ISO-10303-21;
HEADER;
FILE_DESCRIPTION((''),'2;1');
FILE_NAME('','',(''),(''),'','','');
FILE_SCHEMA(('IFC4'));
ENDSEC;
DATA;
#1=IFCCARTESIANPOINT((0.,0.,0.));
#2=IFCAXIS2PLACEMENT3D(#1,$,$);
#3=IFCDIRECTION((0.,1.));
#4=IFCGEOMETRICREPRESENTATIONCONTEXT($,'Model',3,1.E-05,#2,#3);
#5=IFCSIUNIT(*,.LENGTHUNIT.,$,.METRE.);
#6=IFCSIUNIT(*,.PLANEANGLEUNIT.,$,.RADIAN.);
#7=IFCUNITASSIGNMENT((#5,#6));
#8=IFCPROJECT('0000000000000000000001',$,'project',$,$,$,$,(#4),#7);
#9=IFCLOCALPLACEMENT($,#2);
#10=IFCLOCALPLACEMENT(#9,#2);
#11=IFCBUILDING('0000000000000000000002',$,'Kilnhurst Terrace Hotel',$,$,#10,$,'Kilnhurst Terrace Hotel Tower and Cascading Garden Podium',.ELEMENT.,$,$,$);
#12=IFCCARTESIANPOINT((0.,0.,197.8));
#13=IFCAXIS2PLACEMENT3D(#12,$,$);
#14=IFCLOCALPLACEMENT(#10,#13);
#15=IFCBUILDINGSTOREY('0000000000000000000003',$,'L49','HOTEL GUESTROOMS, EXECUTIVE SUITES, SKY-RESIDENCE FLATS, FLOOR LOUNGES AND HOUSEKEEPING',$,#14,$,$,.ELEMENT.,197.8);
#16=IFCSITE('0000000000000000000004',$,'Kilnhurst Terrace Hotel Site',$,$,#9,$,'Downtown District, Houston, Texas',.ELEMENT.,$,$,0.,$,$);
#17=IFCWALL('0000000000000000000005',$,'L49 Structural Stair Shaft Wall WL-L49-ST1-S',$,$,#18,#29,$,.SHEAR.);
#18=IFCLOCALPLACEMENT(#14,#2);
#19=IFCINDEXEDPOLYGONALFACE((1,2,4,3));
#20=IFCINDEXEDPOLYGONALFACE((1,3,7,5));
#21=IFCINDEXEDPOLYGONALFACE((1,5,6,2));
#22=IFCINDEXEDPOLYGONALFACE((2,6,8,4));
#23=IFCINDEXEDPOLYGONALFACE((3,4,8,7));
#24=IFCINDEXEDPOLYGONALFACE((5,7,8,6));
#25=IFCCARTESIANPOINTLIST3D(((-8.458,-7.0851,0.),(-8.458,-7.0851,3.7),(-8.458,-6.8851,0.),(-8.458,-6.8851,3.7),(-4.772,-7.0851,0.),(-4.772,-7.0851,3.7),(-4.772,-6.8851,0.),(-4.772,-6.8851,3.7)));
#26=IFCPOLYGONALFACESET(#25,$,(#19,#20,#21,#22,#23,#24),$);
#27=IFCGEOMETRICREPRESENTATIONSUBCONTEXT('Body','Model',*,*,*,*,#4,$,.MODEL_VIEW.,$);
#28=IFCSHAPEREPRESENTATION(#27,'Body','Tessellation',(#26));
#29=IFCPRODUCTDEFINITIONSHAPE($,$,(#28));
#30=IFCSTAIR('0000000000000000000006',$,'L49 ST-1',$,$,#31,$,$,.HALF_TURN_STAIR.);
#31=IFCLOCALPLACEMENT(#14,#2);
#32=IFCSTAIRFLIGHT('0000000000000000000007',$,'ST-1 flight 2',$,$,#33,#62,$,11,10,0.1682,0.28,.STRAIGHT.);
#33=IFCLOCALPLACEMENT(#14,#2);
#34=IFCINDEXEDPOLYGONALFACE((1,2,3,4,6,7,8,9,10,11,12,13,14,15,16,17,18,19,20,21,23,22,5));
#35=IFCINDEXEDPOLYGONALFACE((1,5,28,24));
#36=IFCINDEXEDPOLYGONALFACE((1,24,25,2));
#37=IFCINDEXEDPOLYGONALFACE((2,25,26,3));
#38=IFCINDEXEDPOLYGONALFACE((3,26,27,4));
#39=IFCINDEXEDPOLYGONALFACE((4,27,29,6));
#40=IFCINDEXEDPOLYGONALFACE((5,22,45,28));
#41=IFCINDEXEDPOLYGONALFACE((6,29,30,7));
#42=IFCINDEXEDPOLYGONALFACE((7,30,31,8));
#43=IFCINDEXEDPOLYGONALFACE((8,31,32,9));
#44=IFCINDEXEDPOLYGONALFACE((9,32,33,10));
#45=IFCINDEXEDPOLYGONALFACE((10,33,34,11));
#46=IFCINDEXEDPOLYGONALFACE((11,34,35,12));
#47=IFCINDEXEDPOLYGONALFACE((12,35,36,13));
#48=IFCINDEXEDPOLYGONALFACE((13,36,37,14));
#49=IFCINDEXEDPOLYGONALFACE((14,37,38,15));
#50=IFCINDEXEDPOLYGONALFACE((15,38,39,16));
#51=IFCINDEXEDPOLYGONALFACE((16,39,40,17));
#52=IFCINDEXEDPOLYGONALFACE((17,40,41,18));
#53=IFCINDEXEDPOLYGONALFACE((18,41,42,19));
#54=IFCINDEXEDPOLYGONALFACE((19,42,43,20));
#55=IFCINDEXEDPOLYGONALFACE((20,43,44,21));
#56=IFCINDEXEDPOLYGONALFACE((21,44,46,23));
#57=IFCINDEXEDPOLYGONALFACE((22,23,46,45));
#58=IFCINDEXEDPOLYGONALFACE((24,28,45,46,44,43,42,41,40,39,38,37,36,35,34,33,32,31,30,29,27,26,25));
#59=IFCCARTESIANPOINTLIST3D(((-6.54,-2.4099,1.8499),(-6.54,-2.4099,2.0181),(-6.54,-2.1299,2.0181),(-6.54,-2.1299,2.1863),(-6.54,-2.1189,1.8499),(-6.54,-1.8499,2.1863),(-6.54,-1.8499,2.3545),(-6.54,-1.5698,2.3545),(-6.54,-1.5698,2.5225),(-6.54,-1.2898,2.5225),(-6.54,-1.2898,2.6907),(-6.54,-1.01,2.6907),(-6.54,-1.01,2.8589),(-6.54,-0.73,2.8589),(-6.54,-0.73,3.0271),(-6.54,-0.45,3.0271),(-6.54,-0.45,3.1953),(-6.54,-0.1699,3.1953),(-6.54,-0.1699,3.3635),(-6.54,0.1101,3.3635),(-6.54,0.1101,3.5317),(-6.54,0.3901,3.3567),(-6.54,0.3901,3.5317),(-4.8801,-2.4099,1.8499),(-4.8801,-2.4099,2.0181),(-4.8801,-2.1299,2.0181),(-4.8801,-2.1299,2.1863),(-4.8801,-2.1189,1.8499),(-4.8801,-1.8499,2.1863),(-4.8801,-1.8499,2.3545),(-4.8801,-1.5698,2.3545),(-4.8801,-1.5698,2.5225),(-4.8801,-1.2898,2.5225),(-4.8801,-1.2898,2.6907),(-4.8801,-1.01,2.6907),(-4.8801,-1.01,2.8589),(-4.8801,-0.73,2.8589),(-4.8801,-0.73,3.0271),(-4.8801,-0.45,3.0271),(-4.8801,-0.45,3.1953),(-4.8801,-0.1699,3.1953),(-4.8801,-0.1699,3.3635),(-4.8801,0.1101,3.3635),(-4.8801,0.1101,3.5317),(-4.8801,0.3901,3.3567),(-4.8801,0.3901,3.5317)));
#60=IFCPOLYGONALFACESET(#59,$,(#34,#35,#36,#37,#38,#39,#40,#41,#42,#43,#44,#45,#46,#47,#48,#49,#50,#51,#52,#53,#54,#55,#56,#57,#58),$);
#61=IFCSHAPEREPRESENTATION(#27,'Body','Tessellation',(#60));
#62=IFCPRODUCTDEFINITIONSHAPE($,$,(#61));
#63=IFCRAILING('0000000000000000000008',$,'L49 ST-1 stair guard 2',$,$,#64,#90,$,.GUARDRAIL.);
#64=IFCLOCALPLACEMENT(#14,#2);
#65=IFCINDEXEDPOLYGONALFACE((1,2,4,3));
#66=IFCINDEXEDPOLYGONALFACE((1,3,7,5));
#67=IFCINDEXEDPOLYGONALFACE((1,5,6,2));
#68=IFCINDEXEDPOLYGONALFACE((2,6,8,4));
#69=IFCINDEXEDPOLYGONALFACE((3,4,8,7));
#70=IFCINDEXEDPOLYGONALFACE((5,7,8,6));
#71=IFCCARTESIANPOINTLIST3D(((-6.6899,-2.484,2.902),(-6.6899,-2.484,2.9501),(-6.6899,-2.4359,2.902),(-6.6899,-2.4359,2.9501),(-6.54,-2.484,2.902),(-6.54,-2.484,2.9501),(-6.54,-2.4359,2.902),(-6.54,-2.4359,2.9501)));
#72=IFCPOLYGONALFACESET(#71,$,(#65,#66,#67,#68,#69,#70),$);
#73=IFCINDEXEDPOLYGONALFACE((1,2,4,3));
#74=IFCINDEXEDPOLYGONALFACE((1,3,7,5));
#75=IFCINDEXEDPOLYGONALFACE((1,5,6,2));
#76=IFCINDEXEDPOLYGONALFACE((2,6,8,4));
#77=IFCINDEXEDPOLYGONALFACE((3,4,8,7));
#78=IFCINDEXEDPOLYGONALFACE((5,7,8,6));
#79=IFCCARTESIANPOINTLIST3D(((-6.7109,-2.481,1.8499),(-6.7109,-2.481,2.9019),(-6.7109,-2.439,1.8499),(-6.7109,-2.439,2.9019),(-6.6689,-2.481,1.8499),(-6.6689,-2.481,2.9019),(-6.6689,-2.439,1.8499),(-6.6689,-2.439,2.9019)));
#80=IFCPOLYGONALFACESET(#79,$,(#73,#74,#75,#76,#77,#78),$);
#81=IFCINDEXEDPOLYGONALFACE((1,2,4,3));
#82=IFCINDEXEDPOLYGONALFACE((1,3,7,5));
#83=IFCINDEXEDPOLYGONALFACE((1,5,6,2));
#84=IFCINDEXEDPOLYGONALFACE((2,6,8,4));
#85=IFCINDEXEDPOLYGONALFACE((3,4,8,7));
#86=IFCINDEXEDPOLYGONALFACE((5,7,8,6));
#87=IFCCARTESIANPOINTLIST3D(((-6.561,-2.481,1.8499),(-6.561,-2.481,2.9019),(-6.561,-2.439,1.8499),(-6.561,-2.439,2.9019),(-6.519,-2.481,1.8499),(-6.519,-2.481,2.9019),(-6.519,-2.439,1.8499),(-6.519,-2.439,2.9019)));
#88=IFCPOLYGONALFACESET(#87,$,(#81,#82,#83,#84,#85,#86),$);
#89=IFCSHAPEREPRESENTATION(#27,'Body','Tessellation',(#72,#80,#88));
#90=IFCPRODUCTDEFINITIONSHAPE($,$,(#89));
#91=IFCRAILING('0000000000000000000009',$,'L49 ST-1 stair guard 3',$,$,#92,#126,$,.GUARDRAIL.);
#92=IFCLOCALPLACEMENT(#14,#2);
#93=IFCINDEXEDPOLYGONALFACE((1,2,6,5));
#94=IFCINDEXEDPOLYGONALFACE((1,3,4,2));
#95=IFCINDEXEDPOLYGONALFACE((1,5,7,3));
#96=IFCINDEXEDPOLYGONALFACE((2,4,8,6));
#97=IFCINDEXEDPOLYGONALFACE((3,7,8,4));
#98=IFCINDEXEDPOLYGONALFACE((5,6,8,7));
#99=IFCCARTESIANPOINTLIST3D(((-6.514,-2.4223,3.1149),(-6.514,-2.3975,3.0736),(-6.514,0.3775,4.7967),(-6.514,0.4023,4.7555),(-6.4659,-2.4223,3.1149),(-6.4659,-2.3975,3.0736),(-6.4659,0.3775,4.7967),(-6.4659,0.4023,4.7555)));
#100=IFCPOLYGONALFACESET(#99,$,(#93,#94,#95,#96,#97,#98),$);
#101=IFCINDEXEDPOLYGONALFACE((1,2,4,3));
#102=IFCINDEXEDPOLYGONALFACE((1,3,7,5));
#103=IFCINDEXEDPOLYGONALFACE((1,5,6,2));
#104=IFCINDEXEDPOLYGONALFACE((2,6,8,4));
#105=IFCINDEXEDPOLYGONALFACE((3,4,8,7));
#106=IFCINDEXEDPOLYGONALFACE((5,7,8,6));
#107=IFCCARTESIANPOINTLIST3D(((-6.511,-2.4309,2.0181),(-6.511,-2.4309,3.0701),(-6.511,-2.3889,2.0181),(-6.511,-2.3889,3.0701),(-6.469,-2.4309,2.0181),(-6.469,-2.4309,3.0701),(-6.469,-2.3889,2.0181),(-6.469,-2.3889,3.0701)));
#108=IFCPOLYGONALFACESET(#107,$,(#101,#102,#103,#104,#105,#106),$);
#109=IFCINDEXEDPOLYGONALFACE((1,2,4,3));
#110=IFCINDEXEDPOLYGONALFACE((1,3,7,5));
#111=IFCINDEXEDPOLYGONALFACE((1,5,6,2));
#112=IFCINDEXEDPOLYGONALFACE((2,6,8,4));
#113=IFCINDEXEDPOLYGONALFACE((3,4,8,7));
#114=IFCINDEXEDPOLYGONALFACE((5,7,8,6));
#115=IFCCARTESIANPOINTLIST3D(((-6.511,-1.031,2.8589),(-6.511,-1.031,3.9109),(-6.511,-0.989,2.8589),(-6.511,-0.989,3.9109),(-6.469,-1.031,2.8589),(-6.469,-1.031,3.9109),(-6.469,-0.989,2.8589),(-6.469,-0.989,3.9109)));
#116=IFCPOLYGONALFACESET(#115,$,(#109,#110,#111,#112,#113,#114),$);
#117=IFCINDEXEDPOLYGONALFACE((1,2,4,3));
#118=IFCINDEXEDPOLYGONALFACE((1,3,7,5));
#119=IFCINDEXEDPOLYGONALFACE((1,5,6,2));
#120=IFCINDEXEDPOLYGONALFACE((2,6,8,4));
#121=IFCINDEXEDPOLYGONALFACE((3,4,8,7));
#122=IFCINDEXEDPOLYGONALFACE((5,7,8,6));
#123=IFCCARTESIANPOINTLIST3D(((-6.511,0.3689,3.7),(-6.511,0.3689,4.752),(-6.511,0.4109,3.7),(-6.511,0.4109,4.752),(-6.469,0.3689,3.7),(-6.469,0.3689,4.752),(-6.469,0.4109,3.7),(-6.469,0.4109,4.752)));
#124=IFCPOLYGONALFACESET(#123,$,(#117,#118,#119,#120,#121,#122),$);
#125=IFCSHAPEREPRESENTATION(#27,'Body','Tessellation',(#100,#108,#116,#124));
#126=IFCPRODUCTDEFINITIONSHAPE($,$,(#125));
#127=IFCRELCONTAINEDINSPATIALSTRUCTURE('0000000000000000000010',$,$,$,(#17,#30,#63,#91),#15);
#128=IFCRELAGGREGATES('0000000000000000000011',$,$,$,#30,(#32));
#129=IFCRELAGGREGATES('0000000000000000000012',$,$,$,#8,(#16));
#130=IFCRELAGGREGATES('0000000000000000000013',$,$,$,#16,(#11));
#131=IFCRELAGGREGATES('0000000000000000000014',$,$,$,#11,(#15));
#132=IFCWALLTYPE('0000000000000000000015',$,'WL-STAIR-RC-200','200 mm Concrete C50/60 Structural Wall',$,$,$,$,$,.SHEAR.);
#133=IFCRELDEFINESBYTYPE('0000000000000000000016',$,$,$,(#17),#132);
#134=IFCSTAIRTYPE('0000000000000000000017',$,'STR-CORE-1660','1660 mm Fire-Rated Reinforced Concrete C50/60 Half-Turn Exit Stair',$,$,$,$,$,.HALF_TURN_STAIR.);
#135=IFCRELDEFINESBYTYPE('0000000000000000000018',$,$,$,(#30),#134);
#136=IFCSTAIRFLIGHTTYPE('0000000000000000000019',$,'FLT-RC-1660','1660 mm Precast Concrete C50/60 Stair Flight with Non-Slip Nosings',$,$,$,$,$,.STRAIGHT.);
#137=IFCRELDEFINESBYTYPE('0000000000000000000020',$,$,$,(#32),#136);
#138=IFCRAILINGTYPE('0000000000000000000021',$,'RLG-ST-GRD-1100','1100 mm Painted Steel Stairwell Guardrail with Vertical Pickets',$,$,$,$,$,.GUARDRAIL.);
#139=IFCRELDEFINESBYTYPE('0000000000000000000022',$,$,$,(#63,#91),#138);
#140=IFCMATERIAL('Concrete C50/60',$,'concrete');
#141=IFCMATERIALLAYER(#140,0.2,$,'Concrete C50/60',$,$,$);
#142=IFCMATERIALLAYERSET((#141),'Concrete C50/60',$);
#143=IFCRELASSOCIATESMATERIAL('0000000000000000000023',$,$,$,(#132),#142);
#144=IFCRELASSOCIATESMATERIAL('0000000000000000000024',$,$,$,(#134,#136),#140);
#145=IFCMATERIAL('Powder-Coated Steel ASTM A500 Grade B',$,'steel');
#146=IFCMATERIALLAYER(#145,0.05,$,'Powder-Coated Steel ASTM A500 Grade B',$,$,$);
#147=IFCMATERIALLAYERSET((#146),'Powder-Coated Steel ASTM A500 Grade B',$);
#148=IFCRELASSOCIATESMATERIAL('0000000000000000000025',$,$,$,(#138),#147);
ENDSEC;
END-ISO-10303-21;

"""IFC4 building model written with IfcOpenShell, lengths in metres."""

from ifc_helpers import new_model, si_unit, direction, frame, frame_2d, origin, origin_2d, place, context, subcontext, project, spatial, polyline, rectangle, outline, extrude, material, layer, layer_set, type_object, element, aggregate, save


model = new_model("IFC4")

# Units and contexts
model_context = context("Model", 3, precision=1e-05, world=origin(), true_north=direction((0.0, 1.0)))
body_context = subcontext(model_context, "Body", "Model", "MODEL_VIEW")
ifc_project = project(units=[si_unit("LENGTHUNIT", "METRE"), si_unit("PLANEANGLEUNIT", "RADIAN")], contexts=[model_context])

# Site, building, storey
site_placement = place(None, origin())
site = spatial("IfcSite", under=ifc_project, at=site_placement, Name="Kilnhurst Terrace Hotel Site", LongName="Downtown District, Houston, Texas", CompositionType="ELEMENT", RefElevation=0.0)
building_placement = place(site_placement, origin())
building = spatial("IfcBuilding", under=site, at=building_placement, Name="Kilnhurst Terrace Hotel", LongName="Kilnhurst Terrace Hotel Tower and Cascading Garden Podium", CompositionType="ELEMENT")
storey_placement = place(building_placement, frame((0.0, 0.0, 197.8)))
storey = spatial("IfcBuildingStorey", under=building, at=storey_placement, Name="L49", Description="HOTEL GUESTROOMS, EXECUTIVE SUITES, SKY-RESIDENCE FLATS, FLOOR LOUNGES AND HOUSEKEEPING", CompositionType="ELEMENT", Elevation=197.8)

# Shared definitions
ifc_material_1 = material(Name="Concrete C50/60", Category="concrete")

# Wall
ifc_layer_1 = layer(ifc_material_1, 0.2, Name="Concrete C50/60")
ifc_layer_set_1 = layer_set([ifc_layer_1], Name="Concrete C50/60")
wall_type_1 = type_object("IfcWallType", Name="WL-STAIR-RC-200", Description="200 mm Concrete C50/60 Structural Wall", PredefinedType="SHEAR", material=ifc_layer_set_1)
wall_1_placement = place(storey_placement, frame((-8.458, -6.9851, 0.0), z_axis=(0.0, 0.0, 1.0), x_axis=(1.0, 0.0, 0.0)))
element("IfcWall", 1, at=wall_1_placement, inside=storey, type_object=wall_type_1, Name="L49 Structural Stair Shaft Wall WL-L49-ST1-S", PredefinedType="SHEAR", context=body_context, shape_type="SweptSolid", body=[
    extrude(rectangle(XDim=3.686, YDim=0.2, at=frame_2d((1.843, 0.0))), origin(), (0.0, 0.0, 1.0), 3.7),
])

# Stair, stair flight
stair_type = type_object("IfcStairType", Name="STR-CORE-1660", Description="1660 mm Fire-Rated Reinforced Concrete C50/60 Half-Turn Exit Stair", PredefinedType="HALF_TURN_STAIR", material=ifc_material_1)
stair_placement = place(storey_placement, origin())
stair = element("IfcStair", 2, at=stair_placement, inside=storey, type_object=stair_type, Name="L49 ST-1", PredefinedType="HALF_TURN_STAIR")
stair_flight_type = type_object("IfcStairFlightType", Name="FLT-RC-1660", Description="1660 mm Precast Concrete C50/60 Stair Flight with Non-Slip Nosings", PredefinedType="STRAIGHT", material=ifc_material_1)
stair_flight_placement = place(storey_placement, frame((-5.71, -2.4099, 1.8499), z_axis=(0.0, 0.0, 1.0), x_axis=(0.0, 1.0, 0.0)))
stair_flight = element("IfcStairFlight", 3, at=stair_flight_placement, type_object=stair_flight_type, Name="ST-1 flight 2", NumberOfRisers=11, NumberOfTreads=10, PredefinedType="STRAIGHT", RiserHeight=0.1682, TreadLength=0.28, context=body_context, shape_type="SweptSolid", body=[
    extrude(outline(polyline([(0.0, 0.0), (0.0, 0.1682), (0.28, 0.1682), (0.28, 0.3364), (0.5601, 0.3364), (0.5601, 0.5046), (0.8401, 0.5046), (0.8401, 0.6726), (1.1201, 0.6726), (1.1201, 0.8408), (1.3999, 0.8408), (1.3999, 1.009), (1.6799, 1.009), (1.6799, 1.1772), (1.96, 1.1772), (1.96, 1.3455), (2.24, 1.3455), (2.24, 1.5137), (2.52, 1.5137), (2.52, 1.6819), (2.8, 1.6819), (2.8, 1.8501), (2.8, 1.5068), (0.291, 0.0), (0.0, 0.0)])), frame((0.0, 0.8301, 0.0), z_axis=(0.0, -1.0, 0.0), x_axis=(1.0, 0.0, 0.0)), (0.0, 0.0, 1.0), 1.6599),
])
aggregate(stair, [stair_flight])

# Railings
ifc_material_2 = material(Name="Powder-Coated Steel ASTM A500 Grade B", Category="steel")
ifc_layer_2 = layer(ifc_material_2, 0.05, Name="Powder-Coated Steel ASTM A500 Grade B")
ifc_layer_set_2 = layer_set([ifc_layer_2], Name="Powder-Coated Steel ASTM A500 Grade B")
railing_type = type_object("IfcRailingType", Name="RLG-ST-GRD-1100", Description="1100 mm Painted Steel Stairwell Guardrail with Vertical Pickets", PredefinedType="GUARDRAIL", material=ifc_layer_set_2)
railing_1_placement = place(storey_placement, frame((-6.6899, -2.46, 1.8499)))
element("IfcRailing", 4, at=railing_1_placement, inside=storey, type_object=railing_type, Name="L49 ST-1 stair guard 2", PredefinedType="GUARDRAIL", context=body_context, shape_type="SweptSolid", body=[
    extrude(rectangle(XDim=0.0481, YDim=0.0481, at=origin_2d()), frame((0.0, 0.0, 1.0762), z_axis=(1.0, 0.0, 0.0), x_axis=(0.0, 1.0, 0.0)), (0.0, 0.0, 1.0), 0.1499),
    extrude(rectangle(XDim=0.042, YDim=0.042, at=origin_2d()), origin(), (0.0, 0.0, 1.0), 1.052),
    extrude(rectangle(XDim=0.042, YDim=0.042, at=origin_2d()), frame((0.1499, 0.0, 0.0)), (0.0, 0.0, 1.0), 1.052),
])
railing_2_placement = place(storey_placement, frame((-6.49, -2.4099, 2.0181)))
element("IfcRailing", 5, at=railing_2_placement, inside=storey, type_object=railing_type, Name="L49 ST-1 stair guard 3", PredefinedType="GUARDRAIL", context=body_context, shape_type="SweptSolid", body=[
    extrude(rectangle(XDim=0.0481, YDim=0.0481, at=origin_2d()), frame((0.0, 0.0, 1.0762), z_axis=(0.0, 0.857222, 0.514946), x_axis=(-1.0, 0.0, 0.0)), (0.0, 0.0, 1.0), 3.2661),
    extrude(rectangle(XDim=0.042, YDim=0.042, at=origin_2d()), origin(), (0.0, 0.0, 1.0), 1.052),
    extrude(rectangle(XDim=0.042, YDim=0.042, at=origin_2d()), frame((0.0, 1.3999, 0.8408)), (0.0, 0.0, 1.0), 1.052),
    extrude(rectangle(XDim=0.042, YDim=0.042, at=origin_2d()), frame((0.0, 2.7998, 1.6819)), (0.0, 0.0, 1.0), 1.052),
])

save(model, "model.ifc")
